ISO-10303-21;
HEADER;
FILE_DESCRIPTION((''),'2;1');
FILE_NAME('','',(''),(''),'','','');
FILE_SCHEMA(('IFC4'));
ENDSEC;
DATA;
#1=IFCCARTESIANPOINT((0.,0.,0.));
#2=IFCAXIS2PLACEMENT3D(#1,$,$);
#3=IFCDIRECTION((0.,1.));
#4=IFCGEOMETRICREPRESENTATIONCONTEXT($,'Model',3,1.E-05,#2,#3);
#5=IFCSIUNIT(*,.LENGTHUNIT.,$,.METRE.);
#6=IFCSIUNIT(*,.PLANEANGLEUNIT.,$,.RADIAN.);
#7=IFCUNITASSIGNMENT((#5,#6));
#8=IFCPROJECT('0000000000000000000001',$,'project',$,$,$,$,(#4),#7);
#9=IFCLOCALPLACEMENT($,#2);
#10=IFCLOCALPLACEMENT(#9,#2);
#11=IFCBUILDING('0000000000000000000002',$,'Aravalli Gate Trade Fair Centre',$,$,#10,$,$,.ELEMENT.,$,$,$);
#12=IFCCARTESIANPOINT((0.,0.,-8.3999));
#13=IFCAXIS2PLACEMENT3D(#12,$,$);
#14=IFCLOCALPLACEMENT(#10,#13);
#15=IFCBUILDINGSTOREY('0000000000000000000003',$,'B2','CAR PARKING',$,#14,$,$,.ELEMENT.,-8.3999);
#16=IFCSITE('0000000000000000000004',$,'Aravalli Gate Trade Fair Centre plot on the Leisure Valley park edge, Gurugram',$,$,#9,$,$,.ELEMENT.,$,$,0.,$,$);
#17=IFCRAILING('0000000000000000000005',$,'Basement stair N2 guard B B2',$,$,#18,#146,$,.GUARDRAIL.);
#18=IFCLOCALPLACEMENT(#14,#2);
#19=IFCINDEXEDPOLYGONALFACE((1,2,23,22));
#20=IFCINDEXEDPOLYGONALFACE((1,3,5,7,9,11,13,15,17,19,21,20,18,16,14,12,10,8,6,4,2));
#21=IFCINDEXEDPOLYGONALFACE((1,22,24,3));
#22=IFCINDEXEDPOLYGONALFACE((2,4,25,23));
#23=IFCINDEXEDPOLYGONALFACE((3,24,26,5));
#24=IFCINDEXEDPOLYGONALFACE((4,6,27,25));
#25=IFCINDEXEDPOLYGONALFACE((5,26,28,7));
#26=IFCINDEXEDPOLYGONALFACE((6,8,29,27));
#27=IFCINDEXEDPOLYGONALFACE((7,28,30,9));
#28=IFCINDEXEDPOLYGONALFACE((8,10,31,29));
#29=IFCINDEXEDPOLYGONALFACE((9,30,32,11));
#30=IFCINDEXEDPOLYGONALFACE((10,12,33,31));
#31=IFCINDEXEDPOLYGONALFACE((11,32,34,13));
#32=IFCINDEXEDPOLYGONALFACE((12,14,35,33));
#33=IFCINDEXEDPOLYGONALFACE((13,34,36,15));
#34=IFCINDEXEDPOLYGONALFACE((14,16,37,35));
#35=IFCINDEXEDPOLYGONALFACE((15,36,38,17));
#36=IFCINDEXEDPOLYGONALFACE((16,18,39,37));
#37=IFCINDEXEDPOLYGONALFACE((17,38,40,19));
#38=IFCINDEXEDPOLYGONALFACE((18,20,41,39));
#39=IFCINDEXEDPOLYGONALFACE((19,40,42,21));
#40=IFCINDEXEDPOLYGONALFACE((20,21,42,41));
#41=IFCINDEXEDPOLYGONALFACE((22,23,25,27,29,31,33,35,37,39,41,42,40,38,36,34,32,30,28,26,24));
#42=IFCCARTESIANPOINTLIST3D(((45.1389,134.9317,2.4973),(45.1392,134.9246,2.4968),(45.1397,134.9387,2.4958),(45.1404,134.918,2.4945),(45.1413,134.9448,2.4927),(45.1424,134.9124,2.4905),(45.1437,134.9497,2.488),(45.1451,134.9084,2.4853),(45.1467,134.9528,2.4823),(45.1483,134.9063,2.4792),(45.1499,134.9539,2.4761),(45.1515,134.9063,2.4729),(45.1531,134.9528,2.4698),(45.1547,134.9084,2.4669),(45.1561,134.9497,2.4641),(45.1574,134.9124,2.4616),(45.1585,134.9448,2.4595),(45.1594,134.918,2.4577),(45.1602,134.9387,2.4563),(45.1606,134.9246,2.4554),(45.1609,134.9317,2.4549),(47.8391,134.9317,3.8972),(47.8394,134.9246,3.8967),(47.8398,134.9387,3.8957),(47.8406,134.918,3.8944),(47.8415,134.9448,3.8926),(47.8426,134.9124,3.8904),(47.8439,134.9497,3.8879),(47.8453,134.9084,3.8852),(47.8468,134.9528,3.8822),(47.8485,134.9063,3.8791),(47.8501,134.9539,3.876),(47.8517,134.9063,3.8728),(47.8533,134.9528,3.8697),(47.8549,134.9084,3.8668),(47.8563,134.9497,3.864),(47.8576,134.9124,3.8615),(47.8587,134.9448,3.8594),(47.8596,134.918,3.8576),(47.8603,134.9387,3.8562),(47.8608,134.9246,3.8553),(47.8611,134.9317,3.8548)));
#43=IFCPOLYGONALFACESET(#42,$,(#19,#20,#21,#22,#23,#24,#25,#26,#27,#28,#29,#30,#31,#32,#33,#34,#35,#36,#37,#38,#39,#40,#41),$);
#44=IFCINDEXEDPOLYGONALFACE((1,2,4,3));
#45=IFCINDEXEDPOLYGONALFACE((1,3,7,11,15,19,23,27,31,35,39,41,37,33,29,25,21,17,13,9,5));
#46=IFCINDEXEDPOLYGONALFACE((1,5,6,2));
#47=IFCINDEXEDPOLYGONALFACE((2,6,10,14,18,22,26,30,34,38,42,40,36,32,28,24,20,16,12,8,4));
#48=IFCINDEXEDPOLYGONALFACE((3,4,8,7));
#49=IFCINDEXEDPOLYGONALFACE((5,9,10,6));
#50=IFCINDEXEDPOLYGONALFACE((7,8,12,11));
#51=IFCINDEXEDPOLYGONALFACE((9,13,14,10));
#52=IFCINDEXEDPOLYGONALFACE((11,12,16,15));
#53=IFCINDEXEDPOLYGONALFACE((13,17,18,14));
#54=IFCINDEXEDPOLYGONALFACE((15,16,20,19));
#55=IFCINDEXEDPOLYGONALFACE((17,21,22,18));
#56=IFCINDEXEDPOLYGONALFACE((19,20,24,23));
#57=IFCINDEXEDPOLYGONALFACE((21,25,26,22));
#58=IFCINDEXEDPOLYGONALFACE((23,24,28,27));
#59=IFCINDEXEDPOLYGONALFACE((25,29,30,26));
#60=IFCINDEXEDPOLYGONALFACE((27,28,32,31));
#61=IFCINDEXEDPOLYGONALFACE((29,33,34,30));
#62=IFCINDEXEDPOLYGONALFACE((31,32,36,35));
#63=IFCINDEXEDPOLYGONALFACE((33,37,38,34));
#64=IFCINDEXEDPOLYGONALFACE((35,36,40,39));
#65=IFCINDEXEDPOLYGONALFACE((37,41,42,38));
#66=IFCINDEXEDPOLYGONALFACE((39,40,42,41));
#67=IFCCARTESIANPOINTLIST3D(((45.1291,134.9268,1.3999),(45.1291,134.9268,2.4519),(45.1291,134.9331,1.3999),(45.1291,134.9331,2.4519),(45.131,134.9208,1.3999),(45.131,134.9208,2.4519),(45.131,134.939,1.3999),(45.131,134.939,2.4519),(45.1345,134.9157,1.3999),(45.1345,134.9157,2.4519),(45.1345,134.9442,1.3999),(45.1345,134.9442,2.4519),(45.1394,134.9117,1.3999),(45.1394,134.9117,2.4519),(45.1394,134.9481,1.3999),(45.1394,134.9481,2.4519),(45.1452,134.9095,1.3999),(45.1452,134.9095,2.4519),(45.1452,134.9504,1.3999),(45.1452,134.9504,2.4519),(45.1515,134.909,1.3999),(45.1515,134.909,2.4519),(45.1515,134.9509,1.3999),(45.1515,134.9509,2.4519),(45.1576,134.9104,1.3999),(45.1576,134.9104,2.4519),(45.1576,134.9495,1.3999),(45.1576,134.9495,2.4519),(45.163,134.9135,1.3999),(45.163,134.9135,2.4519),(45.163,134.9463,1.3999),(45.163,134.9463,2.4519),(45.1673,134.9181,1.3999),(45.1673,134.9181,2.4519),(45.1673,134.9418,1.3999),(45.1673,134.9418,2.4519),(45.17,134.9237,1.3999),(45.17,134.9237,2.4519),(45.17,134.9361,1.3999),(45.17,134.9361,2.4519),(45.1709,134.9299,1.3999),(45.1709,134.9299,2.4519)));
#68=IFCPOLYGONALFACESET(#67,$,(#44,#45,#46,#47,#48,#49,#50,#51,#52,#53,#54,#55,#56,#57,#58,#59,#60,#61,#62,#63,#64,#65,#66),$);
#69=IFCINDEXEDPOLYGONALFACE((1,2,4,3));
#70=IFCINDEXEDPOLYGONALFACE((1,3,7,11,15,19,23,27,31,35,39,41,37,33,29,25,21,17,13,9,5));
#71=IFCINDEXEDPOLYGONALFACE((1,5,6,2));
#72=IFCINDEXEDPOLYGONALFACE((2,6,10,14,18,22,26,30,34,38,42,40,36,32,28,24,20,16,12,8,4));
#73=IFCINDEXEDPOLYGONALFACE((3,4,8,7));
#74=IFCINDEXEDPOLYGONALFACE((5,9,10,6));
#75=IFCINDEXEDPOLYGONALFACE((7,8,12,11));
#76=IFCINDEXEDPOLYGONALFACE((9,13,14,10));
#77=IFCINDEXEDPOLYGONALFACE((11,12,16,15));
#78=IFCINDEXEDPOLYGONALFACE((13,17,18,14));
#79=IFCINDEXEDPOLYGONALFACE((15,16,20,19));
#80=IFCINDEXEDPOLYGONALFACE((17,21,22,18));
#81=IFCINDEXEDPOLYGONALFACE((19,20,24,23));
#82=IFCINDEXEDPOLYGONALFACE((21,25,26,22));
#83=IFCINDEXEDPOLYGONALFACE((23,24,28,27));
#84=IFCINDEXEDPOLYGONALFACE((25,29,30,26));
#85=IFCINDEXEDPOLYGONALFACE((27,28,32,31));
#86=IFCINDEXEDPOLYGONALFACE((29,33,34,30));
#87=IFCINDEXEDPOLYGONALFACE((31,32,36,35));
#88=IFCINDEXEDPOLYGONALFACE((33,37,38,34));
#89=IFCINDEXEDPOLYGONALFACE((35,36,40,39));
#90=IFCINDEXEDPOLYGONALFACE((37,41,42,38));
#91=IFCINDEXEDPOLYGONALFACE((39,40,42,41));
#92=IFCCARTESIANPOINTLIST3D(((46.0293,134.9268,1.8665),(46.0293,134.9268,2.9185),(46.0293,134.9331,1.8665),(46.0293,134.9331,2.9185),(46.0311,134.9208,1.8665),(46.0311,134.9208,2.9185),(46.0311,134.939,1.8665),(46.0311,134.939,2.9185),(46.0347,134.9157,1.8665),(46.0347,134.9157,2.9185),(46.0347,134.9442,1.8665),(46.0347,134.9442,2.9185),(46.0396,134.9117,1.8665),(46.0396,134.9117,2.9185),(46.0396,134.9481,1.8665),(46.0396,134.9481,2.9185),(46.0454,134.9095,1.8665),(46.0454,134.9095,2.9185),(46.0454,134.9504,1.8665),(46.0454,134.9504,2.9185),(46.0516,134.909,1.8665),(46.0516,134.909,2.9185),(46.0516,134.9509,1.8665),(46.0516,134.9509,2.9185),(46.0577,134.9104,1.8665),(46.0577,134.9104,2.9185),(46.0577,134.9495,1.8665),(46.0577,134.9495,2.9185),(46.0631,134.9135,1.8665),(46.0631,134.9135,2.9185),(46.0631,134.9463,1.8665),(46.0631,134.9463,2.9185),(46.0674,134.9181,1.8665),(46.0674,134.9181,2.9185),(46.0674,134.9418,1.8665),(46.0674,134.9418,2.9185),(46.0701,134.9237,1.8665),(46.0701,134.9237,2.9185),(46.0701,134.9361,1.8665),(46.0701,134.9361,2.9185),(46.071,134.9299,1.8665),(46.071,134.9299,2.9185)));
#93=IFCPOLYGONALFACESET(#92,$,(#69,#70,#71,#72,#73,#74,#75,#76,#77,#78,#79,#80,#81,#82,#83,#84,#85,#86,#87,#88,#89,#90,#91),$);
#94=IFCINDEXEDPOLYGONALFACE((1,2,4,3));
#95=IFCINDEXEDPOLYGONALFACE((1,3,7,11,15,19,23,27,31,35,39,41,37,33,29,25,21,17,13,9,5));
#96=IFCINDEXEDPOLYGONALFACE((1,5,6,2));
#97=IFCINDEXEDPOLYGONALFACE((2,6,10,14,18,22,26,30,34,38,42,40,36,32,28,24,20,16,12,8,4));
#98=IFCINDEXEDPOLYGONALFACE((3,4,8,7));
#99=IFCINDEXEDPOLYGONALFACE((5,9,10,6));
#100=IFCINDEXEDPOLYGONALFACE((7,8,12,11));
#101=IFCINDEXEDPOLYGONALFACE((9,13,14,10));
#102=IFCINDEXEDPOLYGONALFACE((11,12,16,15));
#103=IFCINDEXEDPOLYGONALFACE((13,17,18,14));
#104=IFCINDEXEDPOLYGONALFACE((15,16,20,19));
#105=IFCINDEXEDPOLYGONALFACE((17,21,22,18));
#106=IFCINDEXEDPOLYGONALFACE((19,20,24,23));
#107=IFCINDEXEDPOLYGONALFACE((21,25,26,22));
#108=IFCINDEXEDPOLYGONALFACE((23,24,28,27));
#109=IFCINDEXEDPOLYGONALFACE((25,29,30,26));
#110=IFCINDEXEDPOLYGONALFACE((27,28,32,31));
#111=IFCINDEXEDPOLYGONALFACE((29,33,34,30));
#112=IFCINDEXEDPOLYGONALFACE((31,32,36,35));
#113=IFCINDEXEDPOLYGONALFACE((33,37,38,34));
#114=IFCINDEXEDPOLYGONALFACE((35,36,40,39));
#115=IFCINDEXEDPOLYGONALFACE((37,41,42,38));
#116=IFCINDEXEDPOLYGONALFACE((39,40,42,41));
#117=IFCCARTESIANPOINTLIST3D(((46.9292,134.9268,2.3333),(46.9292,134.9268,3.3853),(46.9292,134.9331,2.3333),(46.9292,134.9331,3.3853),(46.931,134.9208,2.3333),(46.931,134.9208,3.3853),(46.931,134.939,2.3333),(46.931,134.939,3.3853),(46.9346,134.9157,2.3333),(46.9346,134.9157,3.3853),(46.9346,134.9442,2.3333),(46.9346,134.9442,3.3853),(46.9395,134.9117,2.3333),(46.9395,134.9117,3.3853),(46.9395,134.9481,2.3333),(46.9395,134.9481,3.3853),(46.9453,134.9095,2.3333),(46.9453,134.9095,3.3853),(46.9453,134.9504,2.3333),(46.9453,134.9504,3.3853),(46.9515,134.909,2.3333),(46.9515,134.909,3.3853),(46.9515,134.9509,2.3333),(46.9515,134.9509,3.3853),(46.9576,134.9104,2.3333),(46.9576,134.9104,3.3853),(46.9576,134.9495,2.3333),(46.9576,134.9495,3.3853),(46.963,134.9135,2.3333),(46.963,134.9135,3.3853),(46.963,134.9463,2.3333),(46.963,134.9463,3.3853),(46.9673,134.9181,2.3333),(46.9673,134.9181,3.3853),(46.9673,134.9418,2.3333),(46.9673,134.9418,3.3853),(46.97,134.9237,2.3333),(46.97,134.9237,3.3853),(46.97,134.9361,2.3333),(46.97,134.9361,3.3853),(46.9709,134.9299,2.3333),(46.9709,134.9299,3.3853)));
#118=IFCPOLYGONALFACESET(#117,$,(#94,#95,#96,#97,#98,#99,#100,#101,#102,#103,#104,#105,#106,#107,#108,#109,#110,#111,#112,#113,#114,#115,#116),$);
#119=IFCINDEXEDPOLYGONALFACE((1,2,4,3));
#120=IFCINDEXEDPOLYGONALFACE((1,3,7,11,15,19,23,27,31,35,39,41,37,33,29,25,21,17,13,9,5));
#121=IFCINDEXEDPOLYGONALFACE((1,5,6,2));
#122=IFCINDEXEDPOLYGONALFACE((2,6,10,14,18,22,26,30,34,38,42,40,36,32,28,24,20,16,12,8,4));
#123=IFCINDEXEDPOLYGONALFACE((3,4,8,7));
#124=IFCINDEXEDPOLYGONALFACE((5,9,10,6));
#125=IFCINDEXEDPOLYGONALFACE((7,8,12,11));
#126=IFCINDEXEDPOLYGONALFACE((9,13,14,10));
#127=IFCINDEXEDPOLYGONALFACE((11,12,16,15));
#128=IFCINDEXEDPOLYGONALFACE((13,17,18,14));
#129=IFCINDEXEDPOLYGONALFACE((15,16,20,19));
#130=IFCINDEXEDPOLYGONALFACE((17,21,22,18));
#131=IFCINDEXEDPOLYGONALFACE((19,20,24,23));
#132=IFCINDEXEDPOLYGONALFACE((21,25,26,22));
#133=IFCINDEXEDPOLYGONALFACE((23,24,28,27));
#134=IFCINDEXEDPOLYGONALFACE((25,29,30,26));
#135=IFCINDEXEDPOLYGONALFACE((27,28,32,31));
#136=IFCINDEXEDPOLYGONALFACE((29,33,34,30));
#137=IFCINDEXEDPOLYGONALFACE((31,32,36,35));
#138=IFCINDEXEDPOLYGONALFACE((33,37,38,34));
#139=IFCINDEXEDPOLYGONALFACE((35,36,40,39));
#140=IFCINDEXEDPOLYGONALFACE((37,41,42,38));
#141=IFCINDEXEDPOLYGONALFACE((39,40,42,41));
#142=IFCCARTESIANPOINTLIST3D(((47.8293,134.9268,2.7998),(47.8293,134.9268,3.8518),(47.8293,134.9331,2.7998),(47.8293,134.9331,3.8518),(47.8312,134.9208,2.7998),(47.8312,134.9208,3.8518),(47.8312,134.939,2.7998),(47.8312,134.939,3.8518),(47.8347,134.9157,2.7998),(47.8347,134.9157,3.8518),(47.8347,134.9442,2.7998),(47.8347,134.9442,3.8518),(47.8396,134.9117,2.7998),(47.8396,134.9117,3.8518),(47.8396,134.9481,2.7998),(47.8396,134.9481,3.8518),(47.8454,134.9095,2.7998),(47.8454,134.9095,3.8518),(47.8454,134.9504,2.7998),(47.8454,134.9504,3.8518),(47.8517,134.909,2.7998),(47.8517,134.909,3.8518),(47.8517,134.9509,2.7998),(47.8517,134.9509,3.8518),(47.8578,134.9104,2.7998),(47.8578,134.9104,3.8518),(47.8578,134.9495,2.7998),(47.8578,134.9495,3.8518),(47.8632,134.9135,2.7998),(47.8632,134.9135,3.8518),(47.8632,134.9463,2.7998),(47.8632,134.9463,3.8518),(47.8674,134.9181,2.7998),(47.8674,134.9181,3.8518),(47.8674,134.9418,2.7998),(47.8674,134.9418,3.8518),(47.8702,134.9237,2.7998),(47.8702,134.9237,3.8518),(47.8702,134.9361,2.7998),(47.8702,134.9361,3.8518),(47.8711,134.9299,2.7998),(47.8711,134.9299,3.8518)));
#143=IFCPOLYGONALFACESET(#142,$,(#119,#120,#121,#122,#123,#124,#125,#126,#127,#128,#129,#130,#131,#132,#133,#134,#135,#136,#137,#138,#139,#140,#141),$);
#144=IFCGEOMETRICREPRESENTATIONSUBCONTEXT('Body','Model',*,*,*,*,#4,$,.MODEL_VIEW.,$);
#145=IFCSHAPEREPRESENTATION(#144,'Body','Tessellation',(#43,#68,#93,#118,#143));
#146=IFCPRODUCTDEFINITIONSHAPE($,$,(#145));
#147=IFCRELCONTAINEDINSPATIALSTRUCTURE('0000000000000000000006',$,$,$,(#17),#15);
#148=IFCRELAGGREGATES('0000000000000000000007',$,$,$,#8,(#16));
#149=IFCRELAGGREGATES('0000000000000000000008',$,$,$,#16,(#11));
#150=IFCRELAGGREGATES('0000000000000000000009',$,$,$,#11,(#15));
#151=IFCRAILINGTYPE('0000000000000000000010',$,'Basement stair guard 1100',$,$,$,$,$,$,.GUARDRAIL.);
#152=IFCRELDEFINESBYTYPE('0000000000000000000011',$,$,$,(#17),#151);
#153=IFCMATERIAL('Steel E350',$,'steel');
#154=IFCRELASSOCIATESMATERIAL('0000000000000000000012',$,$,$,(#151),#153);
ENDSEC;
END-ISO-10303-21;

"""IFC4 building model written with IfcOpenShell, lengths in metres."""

from ifc_helpers import new_model, si_unit, direction, frame, origin, origin_2d, place, context, subcontext, project, spatial, circle, extrude, material, type_object, element, save


model = new_model("IFC4")

# Units and contexts
model_context = context("Model", 3, precision=1e-05, world=origin(), true_north=direction((0.0, 1.0)))
body_context = subcontext(model_context, "Body", "Model", "MODEL_VIEW")
ifc_project = project(units=[si_unit("LENGTHUNIT", "METRE"), si_unit("PLANEANGLEUNIT", "RADIAN")], contexts=[model_context])

# Site, building, storey
site_placement = place(None, origin())
site = spatial("IfcSite", under=ifc_project, at=site_placement, Name="Aravalli Gate Trade Fair Centre plot on the Leisure Valley park edge, Gurugram", CompositionType="ELEMENT", RefElevation=0.0)
building_placement = place(site_placement, origin())
building = spatial("IfcBuilding", under=site, at=building_placement, Name="Aravalli Gate Trade Fair Centre", CompositionType="ELEMENT")
storey_placement = place(building_placement, frame((0.0, 0.0, -8.3999)))
storey = spatial("IfcBuildingStorey", under=building, at=storey_placement, Name="B2", Description="CAR PARKING", CompositionType="ELEMENT", Elevation=-8.3999)

# Railing
ifc_material_1 = material(Name="Steel E350", Category="steel")
railing_type_1 = type_object("IfcRailingType", Name="Basement stair guard 1100", PredefinedType="GUARDRAIL", material=ifc_material_1)
railing_1_placement = place(storey_placement, frame((45.1499, 134.9299, 1.3999)))
element("IfcRailing", 1, at=railing_1_placement, inside=storey, type_object=railing_type_1, Name="Basement stair N2 guard B B2", PredefinedType="GUARDRAIL", context=body_context, shape_type="SweptSolid", body=[
    extrude(circle(Radius=0.0239, at=origin_2d()), frame((0.0, 0.0, 1.0762), z_axis=(0.887781, 0.0, 0.460266), x_axis=(0.0, 1.0, 0.0)), (0.0, 0.0, 1.0), 3.0415),
    extrude(circle(Radius=0.021, at=origin_2d()), origin(), (0.0, 0.0, 1.0), 1.052),
    extrude(circle(Radius=0.021, at=origin_2d()), frame((0.9001, 0.0, 0.4666)), (0.0, 0.0, 1.0), 1.052),
    extrude(circle(Radius=0.021, at=origin_2d()), frame((1.8, 0.0, 0.9333)), (0.0, 0.0, 1.0), 1.052),
    extrude(circle(Radius=0.021, at=origin_2d()), frame((2.7002, 0.0, 1.3999)), (0.0, 0.0, 1.0), 1.052),
])

save(model, "model.ifc")
